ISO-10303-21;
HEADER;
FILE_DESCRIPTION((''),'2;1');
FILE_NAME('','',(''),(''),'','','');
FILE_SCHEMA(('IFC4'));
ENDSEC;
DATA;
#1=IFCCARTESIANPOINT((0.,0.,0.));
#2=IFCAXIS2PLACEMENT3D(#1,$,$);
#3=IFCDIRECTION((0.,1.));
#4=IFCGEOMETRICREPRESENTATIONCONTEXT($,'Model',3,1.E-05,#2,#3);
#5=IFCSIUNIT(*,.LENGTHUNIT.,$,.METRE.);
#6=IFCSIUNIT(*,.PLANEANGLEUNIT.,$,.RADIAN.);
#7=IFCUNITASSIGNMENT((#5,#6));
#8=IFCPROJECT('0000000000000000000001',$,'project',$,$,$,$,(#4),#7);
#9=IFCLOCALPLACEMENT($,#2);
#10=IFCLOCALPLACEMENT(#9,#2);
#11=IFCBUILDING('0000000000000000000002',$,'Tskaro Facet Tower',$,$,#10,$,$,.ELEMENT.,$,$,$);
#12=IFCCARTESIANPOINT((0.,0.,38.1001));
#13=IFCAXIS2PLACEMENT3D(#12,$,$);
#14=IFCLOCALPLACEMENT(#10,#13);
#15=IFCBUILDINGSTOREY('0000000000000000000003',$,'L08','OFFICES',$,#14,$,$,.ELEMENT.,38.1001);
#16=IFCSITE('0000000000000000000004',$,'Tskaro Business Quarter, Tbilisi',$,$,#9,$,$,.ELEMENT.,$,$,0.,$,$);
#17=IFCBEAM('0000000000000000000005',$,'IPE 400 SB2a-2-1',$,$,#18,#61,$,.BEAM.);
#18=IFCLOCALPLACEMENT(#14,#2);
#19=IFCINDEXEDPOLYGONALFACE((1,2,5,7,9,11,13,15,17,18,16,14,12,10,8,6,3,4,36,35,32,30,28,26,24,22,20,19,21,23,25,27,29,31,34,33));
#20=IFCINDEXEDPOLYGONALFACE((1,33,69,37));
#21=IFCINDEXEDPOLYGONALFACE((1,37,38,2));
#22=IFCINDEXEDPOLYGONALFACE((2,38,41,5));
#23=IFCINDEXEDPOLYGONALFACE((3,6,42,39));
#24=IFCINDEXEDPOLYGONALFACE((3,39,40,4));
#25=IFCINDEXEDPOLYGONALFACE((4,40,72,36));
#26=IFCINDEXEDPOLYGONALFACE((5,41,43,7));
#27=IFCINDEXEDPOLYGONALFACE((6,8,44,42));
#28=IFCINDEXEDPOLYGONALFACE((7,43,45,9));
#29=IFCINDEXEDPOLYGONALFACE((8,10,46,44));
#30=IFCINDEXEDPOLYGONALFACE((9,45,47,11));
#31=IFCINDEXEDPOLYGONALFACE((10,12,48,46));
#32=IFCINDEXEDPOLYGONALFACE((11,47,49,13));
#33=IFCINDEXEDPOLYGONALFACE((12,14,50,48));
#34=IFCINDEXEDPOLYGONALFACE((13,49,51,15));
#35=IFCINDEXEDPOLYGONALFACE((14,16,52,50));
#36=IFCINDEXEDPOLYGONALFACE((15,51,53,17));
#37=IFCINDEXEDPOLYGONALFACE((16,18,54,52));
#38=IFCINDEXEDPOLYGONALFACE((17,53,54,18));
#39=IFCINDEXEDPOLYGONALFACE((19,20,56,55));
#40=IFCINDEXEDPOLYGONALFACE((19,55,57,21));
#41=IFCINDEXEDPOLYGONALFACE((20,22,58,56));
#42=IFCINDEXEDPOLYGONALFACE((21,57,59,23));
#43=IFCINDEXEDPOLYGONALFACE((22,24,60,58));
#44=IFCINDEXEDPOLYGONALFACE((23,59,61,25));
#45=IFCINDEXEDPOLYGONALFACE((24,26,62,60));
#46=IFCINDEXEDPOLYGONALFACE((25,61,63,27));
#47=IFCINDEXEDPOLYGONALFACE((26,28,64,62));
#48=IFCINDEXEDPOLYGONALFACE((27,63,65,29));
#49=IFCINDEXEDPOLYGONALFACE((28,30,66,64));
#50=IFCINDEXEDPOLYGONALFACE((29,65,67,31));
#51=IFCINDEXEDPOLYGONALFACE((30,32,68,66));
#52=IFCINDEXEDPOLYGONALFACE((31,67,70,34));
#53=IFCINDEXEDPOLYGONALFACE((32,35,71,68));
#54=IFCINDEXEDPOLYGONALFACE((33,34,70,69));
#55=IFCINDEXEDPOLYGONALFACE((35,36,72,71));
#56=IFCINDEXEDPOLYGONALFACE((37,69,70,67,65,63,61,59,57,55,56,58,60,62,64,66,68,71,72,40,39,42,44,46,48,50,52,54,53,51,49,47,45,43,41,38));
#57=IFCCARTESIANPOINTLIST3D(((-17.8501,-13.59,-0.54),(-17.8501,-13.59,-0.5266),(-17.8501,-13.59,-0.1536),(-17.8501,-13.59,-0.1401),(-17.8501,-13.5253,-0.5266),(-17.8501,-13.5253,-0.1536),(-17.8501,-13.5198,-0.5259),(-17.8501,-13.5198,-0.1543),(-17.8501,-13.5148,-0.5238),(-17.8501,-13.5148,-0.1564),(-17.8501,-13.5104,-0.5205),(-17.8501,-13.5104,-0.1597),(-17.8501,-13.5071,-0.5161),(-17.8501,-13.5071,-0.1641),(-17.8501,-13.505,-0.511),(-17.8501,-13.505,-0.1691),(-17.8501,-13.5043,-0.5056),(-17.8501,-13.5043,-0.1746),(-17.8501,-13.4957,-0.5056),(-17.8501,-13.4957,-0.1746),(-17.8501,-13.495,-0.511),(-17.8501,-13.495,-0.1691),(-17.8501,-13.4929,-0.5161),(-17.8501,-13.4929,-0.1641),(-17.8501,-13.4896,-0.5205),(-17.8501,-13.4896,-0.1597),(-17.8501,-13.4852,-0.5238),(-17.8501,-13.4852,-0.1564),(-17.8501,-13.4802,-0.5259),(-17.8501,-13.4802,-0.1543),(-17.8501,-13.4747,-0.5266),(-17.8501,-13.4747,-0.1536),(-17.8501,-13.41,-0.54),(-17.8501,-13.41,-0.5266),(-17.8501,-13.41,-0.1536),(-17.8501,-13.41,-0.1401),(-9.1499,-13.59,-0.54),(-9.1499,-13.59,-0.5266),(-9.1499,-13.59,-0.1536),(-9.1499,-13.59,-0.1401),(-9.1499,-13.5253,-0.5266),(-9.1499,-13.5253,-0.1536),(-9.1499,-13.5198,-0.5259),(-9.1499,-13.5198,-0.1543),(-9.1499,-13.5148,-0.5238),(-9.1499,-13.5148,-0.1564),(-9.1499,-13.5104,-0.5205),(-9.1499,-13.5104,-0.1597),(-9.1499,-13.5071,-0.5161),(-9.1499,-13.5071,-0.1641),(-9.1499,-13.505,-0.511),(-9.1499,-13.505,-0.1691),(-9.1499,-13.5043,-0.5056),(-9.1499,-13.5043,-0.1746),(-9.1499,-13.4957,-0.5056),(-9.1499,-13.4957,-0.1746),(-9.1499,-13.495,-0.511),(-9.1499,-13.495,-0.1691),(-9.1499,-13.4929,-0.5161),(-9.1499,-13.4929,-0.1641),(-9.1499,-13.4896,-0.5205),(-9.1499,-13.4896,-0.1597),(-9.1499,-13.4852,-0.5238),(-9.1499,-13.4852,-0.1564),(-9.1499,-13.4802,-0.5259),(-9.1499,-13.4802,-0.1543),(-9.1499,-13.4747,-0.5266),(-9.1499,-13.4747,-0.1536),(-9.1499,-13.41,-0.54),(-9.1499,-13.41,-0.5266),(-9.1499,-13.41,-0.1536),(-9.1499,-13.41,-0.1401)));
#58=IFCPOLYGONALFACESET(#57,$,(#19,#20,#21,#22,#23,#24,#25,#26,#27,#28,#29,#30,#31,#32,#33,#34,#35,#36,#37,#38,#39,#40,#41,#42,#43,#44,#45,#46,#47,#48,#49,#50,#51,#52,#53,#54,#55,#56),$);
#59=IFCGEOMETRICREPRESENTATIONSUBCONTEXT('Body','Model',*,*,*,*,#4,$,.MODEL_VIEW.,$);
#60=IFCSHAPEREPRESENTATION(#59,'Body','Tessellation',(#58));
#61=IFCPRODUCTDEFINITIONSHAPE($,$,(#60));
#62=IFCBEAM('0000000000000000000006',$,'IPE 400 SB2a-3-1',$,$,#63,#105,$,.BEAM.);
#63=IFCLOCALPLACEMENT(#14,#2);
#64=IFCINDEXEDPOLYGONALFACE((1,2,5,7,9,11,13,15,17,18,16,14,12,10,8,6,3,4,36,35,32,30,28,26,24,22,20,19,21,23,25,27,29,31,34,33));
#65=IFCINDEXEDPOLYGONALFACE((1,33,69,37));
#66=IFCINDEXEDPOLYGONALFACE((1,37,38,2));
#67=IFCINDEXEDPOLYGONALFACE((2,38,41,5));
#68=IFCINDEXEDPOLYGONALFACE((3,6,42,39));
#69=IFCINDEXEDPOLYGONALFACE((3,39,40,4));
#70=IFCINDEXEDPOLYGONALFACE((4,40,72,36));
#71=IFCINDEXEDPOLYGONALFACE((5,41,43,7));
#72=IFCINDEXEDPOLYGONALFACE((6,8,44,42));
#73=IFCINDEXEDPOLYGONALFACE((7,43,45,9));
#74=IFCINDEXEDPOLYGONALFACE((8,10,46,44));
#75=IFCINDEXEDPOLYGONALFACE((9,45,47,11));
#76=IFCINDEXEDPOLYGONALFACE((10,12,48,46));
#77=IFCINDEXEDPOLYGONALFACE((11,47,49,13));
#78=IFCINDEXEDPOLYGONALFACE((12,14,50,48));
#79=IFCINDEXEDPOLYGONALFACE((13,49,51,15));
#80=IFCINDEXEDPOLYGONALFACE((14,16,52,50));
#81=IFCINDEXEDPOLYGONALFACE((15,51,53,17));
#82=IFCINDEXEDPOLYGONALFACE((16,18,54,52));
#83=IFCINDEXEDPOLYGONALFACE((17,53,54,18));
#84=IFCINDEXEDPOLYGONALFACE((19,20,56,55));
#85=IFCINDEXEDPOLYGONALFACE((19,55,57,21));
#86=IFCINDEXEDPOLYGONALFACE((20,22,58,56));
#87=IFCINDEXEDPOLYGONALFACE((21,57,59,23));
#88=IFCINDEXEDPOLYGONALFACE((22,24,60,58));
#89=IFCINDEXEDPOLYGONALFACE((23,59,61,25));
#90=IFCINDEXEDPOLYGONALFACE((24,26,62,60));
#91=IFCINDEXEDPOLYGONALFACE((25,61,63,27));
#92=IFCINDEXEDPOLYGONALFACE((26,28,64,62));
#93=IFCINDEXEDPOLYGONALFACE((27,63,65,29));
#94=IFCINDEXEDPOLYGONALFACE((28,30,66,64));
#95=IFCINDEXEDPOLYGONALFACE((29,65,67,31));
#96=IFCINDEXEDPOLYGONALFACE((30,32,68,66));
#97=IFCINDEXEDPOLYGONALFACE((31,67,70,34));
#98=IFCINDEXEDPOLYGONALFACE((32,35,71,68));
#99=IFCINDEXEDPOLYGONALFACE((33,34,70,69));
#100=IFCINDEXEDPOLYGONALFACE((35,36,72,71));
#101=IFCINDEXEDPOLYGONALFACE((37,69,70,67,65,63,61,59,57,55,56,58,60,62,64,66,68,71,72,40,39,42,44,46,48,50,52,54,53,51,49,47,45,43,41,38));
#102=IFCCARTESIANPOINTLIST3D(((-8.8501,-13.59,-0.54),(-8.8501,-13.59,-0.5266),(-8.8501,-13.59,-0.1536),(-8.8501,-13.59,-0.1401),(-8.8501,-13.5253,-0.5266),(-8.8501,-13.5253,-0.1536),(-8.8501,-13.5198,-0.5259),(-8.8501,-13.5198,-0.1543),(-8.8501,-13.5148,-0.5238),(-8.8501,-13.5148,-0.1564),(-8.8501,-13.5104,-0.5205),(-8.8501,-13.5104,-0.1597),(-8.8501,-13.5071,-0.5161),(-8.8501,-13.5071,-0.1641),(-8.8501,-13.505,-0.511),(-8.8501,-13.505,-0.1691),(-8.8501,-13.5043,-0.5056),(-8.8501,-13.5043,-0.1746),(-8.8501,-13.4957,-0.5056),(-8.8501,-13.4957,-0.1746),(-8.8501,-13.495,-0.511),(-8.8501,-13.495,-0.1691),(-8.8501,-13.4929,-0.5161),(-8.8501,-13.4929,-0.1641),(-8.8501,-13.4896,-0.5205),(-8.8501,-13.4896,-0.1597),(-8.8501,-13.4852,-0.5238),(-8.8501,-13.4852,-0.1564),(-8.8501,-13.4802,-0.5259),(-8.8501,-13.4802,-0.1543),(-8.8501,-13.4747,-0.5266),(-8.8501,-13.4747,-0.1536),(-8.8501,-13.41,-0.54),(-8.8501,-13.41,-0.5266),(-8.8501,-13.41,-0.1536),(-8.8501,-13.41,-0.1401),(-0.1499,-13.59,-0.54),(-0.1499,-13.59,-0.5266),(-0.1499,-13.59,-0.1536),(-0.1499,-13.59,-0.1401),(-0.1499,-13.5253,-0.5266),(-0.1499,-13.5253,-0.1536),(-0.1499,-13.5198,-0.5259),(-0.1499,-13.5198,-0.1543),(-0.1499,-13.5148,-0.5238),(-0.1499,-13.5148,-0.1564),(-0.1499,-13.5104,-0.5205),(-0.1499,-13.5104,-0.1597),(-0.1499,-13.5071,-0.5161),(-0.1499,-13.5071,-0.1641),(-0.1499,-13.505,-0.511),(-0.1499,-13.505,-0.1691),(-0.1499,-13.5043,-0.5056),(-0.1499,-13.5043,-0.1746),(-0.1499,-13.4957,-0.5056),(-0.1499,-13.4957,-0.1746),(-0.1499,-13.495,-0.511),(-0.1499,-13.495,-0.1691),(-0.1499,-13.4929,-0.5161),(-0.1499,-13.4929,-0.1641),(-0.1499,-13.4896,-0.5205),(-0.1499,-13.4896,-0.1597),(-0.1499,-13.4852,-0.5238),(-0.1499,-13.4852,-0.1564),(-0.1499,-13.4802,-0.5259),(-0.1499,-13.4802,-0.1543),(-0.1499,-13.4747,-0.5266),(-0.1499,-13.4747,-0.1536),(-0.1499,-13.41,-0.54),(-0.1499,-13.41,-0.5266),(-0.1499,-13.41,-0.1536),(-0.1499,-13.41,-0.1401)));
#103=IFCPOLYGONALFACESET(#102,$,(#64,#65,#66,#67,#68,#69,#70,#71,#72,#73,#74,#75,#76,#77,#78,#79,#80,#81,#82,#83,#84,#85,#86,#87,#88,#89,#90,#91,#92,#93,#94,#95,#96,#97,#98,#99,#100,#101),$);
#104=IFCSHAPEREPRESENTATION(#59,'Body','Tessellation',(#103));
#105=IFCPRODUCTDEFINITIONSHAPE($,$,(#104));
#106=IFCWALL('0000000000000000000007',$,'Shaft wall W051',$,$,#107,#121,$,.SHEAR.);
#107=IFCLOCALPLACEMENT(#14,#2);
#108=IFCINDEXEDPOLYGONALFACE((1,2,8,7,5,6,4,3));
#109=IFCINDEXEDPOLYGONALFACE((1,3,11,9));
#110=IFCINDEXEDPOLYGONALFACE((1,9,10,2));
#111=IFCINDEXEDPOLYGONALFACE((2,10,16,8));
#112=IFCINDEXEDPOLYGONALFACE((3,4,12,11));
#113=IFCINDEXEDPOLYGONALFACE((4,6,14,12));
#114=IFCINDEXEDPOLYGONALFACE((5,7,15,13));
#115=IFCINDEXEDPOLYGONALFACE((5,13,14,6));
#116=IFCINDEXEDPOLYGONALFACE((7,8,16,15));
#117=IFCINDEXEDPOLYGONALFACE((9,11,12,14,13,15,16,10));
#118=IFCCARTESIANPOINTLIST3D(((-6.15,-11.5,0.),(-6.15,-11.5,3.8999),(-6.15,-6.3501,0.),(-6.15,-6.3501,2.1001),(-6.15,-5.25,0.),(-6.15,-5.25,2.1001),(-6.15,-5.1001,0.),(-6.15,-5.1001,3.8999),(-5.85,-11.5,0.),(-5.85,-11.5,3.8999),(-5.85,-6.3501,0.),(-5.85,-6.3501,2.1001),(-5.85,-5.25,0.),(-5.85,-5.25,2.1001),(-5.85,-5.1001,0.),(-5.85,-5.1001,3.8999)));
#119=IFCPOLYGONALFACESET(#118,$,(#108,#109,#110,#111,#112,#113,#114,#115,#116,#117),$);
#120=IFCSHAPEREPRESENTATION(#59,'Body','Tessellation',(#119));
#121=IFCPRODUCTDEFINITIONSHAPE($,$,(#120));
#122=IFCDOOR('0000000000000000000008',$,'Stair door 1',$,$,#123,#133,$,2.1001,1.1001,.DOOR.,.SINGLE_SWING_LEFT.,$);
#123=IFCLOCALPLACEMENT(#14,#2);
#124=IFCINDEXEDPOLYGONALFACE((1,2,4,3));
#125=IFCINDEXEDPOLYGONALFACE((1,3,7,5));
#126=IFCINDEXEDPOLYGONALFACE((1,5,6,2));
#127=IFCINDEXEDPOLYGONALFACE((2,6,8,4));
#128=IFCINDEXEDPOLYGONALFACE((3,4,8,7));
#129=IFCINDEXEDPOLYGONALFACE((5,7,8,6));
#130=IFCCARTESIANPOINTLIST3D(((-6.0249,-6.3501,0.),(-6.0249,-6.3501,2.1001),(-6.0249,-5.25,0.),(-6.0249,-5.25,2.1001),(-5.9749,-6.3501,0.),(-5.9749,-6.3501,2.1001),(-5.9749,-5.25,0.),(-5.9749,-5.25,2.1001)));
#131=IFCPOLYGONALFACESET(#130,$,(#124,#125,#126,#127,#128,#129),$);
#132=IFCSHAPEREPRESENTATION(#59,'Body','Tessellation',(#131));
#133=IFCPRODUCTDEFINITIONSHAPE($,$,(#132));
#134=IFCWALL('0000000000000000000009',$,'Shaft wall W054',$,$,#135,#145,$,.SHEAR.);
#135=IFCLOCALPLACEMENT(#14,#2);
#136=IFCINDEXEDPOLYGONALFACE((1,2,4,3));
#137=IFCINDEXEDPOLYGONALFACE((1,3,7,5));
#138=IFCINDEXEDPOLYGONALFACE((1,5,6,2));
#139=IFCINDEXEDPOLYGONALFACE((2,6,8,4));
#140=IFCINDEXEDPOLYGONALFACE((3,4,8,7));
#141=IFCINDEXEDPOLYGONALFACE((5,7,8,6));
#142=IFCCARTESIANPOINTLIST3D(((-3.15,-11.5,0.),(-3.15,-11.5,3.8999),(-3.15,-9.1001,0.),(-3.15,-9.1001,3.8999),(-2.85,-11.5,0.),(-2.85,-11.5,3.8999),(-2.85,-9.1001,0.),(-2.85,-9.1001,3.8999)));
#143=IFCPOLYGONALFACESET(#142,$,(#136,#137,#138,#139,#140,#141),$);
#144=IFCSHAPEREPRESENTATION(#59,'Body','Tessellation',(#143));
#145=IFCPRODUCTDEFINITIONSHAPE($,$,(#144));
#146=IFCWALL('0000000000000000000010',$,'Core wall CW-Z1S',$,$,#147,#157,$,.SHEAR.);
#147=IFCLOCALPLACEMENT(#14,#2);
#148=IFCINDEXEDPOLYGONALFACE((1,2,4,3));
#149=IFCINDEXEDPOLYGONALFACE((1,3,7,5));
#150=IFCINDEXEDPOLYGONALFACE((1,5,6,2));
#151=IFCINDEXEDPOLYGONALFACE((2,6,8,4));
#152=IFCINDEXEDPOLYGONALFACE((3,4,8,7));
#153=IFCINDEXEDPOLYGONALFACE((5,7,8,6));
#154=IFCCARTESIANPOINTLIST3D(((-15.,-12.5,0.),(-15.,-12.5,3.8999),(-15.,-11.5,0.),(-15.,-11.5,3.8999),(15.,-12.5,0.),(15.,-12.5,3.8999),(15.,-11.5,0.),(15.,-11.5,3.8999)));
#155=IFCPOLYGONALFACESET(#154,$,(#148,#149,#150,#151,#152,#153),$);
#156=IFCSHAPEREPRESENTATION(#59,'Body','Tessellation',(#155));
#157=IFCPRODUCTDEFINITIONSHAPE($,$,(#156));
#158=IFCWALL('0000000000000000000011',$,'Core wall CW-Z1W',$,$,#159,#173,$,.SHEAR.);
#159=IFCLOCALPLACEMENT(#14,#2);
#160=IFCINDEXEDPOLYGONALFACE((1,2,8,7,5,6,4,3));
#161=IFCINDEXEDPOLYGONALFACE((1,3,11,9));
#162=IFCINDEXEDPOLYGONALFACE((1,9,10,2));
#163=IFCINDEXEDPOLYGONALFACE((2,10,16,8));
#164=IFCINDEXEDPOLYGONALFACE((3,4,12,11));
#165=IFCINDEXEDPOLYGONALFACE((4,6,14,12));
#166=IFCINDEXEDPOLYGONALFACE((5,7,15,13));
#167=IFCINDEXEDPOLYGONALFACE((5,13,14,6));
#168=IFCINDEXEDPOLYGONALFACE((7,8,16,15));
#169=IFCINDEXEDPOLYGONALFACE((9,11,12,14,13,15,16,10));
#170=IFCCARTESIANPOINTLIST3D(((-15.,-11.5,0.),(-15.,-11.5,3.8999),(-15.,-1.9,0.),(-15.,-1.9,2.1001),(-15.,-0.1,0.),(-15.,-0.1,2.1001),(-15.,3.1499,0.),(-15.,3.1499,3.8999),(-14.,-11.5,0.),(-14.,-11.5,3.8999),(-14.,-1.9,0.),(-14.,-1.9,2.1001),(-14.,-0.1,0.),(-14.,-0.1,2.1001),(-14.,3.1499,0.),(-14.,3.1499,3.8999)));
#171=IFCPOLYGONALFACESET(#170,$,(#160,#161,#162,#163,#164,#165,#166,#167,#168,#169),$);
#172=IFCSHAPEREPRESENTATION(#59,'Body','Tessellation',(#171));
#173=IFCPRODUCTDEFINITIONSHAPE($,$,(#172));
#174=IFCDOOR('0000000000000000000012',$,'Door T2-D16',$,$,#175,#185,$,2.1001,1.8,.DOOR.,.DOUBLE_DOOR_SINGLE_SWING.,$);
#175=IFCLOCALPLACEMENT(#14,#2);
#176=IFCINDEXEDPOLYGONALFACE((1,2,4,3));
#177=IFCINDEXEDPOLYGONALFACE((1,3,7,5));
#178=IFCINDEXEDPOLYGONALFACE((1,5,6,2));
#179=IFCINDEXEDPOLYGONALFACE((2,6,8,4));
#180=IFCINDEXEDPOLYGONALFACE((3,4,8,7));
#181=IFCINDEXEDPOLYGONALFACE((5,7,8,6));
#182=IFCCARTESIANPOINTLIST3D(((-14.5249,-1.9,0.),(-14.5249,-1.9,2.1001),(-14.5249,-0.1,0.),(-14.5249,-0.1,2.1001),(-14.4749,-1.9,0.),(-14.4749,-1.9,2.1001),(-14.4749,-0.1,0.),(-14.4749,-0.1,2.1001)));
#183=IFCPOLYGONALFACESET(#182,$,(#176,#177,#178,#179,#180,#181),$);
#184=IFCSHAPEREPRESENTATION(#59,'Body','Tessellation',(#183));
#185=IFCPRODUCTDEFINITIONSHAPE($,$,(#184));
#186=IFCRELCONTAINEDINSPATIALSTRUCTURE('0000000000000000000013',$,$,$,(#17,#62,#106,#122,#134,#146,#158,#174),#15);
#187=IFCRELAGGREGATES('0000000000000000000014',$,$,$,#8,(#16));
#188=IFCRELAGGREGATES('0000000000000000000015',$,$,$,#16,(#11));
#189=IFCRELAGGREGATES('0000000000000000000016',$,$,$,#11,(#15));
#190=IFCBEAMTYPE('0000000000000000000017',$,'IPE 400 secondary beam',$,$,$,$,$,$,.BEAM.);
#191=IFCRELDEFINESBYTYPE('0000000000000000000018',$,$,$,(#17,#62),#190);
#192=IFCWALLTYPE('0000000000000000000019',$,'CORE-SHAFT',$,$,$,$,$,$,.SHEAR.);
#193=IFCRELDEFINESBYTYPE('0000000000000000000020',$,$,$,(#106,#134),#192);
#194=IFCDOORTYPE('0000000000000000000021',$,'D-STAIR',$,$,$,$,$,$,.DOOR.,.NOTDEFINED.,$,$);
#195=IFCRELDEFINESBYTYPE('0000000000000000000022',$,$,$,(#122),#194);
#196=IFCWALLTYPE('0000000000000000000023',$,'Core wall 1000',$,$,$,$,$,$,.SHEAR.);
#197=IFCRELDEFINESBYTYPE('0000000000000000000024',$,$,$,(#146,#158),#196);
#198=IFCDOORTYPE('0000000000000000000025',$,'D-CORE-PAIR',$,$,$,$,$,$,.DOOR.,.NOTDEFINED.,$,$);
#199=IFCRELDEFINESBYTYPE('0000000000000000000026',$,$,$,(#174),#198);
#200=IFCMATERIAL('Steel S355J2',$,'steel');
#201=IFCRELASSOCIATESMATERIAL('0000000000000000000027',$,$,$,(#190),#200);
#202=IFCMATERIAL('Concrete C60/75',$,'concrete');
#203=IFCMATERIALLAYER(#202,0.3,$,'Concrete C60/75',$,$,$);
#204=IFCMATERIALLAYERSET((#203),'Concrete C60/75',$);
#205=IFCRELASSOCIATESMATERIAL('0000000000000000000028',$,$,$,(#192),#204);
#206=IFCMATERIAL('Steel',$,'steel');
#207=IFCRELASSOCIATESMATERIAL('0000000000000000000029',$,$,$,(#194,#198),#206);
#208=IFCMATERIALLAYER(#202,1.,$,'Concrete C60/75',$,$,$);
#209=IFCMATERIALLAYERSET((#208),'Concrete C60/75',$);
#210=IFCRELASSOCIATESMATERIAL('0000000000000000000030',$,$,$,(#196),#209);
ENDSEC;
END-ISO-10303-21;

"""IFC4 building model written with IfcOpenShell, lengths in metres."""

from ifc_helpers import new_model, si_unit, direction, frame, frame_2d, origin, origin_2d, place, context, subcontext, project, spatial, rectangle, i_section, extrude, material, layer, layer_set, material_profile, profile_set, type_object, element, fill, save


model = new_model("IFC4")

# Units and contexts
model_context = context("Model", 3, precision=1e-05, world=origin(), true_north=direction((0.0, 1.0)))
body_context = subcontext(model_context, "Body", "Model", "MODEL_VIEW")
ifc_project = project(units=[si_unit("LENGTHUNIT", "METRE"), si_unit("PLANEANGLEUNIT", "RADIAN")], contexts=[model_context])

# Site, building, storey
site_placement = place(None, origin())
site = spatial("IfcSite", under=ifc_project, at=site_placement, Name="Tskaro Business Quarter, Tbilisi", CompositionType="ELEMENT", RefElevation=0.0)
building_placement = place(site_placement, origin())
building = spatial("IfcBuilding", under=site, at=building_placement, Name="Tskaro Facet Tower", CompositionType="ELEMENT")
storey_placement = place(building_placement, frame((0.0, 0.0, 38.1001)))
storey = spatial("IfcBuildingStorey", under=building, at=storey_placement, Name="L08", Description="OFFICES", CompositionType="ELEMENT", Elevation=38.1001)

# Beams
ifc_material_1 = material(Name="Steel S355J2", Category="steel")
ifc_material_profile = material_profile(ifc_material_1, i_section(OverallWidth=0.1799, OverallDepth=0.3999, WebThickness=0.0085, FlangeThickness=0.0134, FilletRadius=0.021, at=origin_2d()), Name="IPE 400")
ifc_profile_set = profile_set([ifc_material_profile], Name="Steel S355J2")
beam_type = type_object("IfcBeamType", Name="IPE 400 secondary beam", PredefinedType="BEAM", material=ifc_profile_set)
for number, where, z_axis, x_axis, name in (
    (1, (-17.8501, -13.5, -0.3401), (1.0, 0.0, 0.0), (0.0, 1.0, 0.0), "IPE 400 SB2a-2-1"),
    (2, (-8.8501, -13.5, -0.3401), (1.0, 0.0, 0.0), (0.0, 1.0, 0.0), "IPE 400 SB2a-3-1"),
):
    element("IfcBeam", number, at=place(storey_placement, frame(where, z_axis=z_axis, x_axis=x_axis)), inside=storey, type_object=beam_type, Name=name, PredefinedType="BEAM", context=body_context, shape_type="SweptSolid", body=[
        extrude(i_section(OverallWidth=0.1799, OverallDepth=0.3999, WebThickness=0.0085, FlangeThickness=0.0134, FilletRadius=0.021, at=origin_2d()), origin(), (0.0, 0.0, 1.0), 8.7002),
    ])

# Wall, opening, door
ifc_material_2 = material(Name="Concrete C60/75", Category="concrete")
ifc_layer_1 = layer(ifc_material_2, 0.3, Name="Concrete C60/75")
ifc_layer_set_1 = layer_set([ifc_layer_1], Name="Concrete C60/75")
wall_type_1 = type_object("IfcWallType", Name="CORE-SHAFT", PredefinedType="SHEAR", material=ifc_layer_set_1)
wall_1_placement = place(storey_placement, frame((-6.0, -11.5, 0.0), z_axis=(0.0, 0.0, 1.0), x_axis=(0.0, 1.0, 0.0)))
wall_1 = element("IfcWall", 3, at=wall_1_placement, inside=storey, type_object=wall_type_1, Name="Shaft wall W051", PredefinedType="SHEAR", context=body_context, shape_type="SweptSolid", body=[
    extrude(rectangle(XDim=6.3999, YDim=0.3, at=frame_2d((3.2, 0.0))), origin(), (0.0, 0.0, 1.0), 3.8999),
])
opening_1_placement = place(wall_1_placement, frame((5.1499, 0.0, 0.0)))
opening_1 = element("IfcOpeningElement", 4, at=opening_1_placement, cuts=wall_1, PredefinedType="OPENING", context=body_context, shape_type="SweptSolid", body=[
    extrude(rectangle(XDim=1.1001, YDim=2.1001, at=frame_2d((0.55, 1.05))), frame((0.0, 0.1599, 0.0), z_axis=(0.0, -1.0, 0.0), x_axis=(1.0, 0.0, 0.0)), (0.0, 0.0, 1.0), 0.3201),
])
ifc_material_3 = material(Name="Steel", Category="steel")
door_type_1 = type_object("IfcDoorType", Name="D-STAIR", OperationType="NOTDEFINED", PredefinedType="DOOR", material=ifc_material_3)
door_1_placement = place(opening_1_placement, origin())
door_1 = element("IfcDoor", 5, at=door_1_placement, inside=storey, type_object=door_type_1, Name="Stair door 1", OperationType="SINGLE_SWING_LEFT", OverallHeight=2.1001, OverallWidth=1.1001, PredefinedType="DOOR", context=body_context, shape_type="SweptSolid", body=[
    extrude(rectangle(XDim=1.1001, YDim=2.1001, at=frame_2d((0.55, 1.05))), frame((0.0, 0.0249, 0.0), z_axis=(0.0, -1.0, 0.0), x_axis=(1.0, 0.0, 0.0)), (0.0, 0.0, 1.0), 0.05),
])
fill(opening_1, door_1)

# Walls
wall_2_placement = place(storey_placement, frame((-3.0, -11.5, 0.0), z_axis=(0.0, 0.0, 1.0), x_axis=(0.0, 1.0, 0.0)))
element("IfcWall", 6, at=wall_2_placement, inside=storey, type_object=wall_type_1, Name="Shaft wall W054", PredefinedType="SHEAR", context=body_context, shape_type="SweptSolid", body=[
    extrude(rectangle(XDim=2.3999, YDim=0.3, at=frame_2d((1.2, 0.0))), origin(), (0.0, 0.0, 1.0), 3.8999),
])
ifc_layer_2 = layer(ifc_material_2, 1.0, Name="Concrete C60/75")
ifc_layer_set_2 = layer_set([ifc_layer_2], Name="Concrete C60/75")
wall_type_2 = type_object("IfcWallType", Name="Core wall 1000", PredefinedType="SHEAR", material=ifc_layer_set_2)
wall_3_placement = place(storey_placement, frame((-15.0, -12.0, 0.0), z_axis=(0.0, 0.0, 1.0), x_axis=(1.0, 0.0, 0.0)))
element("IfcWall", 7, at=wall_3_placement, inside=storey, type_object=wall_type_2, Name="Core wall CW-Z1S", PredefinedType="SHEAR", context=body_context, shape_type="SweptSolid", body=[
    extrude(rectangle(XDim=30.0, YDim=1.0, at=frame_2d((15.0, 0.0))), origin(), (0.0, 0.0, 1.0), 3.8999),
])

# Wall, opening, door
wall_4_placement = place(storey_placement, frame((-14.5, -11.5, 0.0), z_axis=(0.0, 0.0, 1.0), x_axis=(0.0, 1.0, 0.0)))
wall_4 = element("IfcWall", 8, at=wall_4_placement, inside=storey, type_object=wall_type_2, Name="Core wall CW-Z1W", PredefinedType="SHEAR", context=body_context, shape_type="SweptSolid", body=[
    extrude(rectangle(XDim=14.6499, YDim=1.0, at=frame_2d((7.325, 0.0))), origin(), (0.0, 0.0, 1.0), 3.8999),
])
opening_2_placement = place(wall_4_placement, frame((9.6001, 0.0, 0.0)))
opening_2 = element("IfcOpeningElement", 9, at=opening_2_placement, cuts=wall_4, PredefinedType="OPENING", context=body_context, shape_type="SweptSolid", body=[
    extrude(rectangle(XDim=1.8, YDim=2.1001, at=frame_2d((0.8999, 1.05))), frame((0.0, 0.51, 0.0), z_axis=(0.0, -1.0, 0.0), x_axis=(1.0, 0.0, 0.0)), (0.0, 0.0, 1.0), 1.02),
])
door_type_2 = type_object("IfcDoorType", Name="D-CORE-PAIR", OperationType="NOTDEFINED", PredefinedType="DOOR", material=ifc_material_3)
door_2_placement = place(opening_2_placement, origin())
door_2 = element("IfcDoor", 10, at=door_2_placement, inside=storey, type_object=door_type_2, Name="Door T2-D16", OperationType="DOUBLE_DOOR_SINGLE_SWING", OverallHeight=2.1001, OverallWidth=1.8, PredefinedType="DOOR", context=body_context, shape_type="SweptSolid", body=[
    extrude(rectangle(XDim=1.8, YDim=2.1001, at=frame_2d((0.8999, 1.05))), frame((0.0, 0.0249, 0.0), z_axis=(0.0, -1.0, 0.0), x_axis=(1.0, 0.0, 0.0)), (0.0, 0.0, 1.0), 0.05),
])
fill(opening_2, door_2)

save(model, "model.ifc")
